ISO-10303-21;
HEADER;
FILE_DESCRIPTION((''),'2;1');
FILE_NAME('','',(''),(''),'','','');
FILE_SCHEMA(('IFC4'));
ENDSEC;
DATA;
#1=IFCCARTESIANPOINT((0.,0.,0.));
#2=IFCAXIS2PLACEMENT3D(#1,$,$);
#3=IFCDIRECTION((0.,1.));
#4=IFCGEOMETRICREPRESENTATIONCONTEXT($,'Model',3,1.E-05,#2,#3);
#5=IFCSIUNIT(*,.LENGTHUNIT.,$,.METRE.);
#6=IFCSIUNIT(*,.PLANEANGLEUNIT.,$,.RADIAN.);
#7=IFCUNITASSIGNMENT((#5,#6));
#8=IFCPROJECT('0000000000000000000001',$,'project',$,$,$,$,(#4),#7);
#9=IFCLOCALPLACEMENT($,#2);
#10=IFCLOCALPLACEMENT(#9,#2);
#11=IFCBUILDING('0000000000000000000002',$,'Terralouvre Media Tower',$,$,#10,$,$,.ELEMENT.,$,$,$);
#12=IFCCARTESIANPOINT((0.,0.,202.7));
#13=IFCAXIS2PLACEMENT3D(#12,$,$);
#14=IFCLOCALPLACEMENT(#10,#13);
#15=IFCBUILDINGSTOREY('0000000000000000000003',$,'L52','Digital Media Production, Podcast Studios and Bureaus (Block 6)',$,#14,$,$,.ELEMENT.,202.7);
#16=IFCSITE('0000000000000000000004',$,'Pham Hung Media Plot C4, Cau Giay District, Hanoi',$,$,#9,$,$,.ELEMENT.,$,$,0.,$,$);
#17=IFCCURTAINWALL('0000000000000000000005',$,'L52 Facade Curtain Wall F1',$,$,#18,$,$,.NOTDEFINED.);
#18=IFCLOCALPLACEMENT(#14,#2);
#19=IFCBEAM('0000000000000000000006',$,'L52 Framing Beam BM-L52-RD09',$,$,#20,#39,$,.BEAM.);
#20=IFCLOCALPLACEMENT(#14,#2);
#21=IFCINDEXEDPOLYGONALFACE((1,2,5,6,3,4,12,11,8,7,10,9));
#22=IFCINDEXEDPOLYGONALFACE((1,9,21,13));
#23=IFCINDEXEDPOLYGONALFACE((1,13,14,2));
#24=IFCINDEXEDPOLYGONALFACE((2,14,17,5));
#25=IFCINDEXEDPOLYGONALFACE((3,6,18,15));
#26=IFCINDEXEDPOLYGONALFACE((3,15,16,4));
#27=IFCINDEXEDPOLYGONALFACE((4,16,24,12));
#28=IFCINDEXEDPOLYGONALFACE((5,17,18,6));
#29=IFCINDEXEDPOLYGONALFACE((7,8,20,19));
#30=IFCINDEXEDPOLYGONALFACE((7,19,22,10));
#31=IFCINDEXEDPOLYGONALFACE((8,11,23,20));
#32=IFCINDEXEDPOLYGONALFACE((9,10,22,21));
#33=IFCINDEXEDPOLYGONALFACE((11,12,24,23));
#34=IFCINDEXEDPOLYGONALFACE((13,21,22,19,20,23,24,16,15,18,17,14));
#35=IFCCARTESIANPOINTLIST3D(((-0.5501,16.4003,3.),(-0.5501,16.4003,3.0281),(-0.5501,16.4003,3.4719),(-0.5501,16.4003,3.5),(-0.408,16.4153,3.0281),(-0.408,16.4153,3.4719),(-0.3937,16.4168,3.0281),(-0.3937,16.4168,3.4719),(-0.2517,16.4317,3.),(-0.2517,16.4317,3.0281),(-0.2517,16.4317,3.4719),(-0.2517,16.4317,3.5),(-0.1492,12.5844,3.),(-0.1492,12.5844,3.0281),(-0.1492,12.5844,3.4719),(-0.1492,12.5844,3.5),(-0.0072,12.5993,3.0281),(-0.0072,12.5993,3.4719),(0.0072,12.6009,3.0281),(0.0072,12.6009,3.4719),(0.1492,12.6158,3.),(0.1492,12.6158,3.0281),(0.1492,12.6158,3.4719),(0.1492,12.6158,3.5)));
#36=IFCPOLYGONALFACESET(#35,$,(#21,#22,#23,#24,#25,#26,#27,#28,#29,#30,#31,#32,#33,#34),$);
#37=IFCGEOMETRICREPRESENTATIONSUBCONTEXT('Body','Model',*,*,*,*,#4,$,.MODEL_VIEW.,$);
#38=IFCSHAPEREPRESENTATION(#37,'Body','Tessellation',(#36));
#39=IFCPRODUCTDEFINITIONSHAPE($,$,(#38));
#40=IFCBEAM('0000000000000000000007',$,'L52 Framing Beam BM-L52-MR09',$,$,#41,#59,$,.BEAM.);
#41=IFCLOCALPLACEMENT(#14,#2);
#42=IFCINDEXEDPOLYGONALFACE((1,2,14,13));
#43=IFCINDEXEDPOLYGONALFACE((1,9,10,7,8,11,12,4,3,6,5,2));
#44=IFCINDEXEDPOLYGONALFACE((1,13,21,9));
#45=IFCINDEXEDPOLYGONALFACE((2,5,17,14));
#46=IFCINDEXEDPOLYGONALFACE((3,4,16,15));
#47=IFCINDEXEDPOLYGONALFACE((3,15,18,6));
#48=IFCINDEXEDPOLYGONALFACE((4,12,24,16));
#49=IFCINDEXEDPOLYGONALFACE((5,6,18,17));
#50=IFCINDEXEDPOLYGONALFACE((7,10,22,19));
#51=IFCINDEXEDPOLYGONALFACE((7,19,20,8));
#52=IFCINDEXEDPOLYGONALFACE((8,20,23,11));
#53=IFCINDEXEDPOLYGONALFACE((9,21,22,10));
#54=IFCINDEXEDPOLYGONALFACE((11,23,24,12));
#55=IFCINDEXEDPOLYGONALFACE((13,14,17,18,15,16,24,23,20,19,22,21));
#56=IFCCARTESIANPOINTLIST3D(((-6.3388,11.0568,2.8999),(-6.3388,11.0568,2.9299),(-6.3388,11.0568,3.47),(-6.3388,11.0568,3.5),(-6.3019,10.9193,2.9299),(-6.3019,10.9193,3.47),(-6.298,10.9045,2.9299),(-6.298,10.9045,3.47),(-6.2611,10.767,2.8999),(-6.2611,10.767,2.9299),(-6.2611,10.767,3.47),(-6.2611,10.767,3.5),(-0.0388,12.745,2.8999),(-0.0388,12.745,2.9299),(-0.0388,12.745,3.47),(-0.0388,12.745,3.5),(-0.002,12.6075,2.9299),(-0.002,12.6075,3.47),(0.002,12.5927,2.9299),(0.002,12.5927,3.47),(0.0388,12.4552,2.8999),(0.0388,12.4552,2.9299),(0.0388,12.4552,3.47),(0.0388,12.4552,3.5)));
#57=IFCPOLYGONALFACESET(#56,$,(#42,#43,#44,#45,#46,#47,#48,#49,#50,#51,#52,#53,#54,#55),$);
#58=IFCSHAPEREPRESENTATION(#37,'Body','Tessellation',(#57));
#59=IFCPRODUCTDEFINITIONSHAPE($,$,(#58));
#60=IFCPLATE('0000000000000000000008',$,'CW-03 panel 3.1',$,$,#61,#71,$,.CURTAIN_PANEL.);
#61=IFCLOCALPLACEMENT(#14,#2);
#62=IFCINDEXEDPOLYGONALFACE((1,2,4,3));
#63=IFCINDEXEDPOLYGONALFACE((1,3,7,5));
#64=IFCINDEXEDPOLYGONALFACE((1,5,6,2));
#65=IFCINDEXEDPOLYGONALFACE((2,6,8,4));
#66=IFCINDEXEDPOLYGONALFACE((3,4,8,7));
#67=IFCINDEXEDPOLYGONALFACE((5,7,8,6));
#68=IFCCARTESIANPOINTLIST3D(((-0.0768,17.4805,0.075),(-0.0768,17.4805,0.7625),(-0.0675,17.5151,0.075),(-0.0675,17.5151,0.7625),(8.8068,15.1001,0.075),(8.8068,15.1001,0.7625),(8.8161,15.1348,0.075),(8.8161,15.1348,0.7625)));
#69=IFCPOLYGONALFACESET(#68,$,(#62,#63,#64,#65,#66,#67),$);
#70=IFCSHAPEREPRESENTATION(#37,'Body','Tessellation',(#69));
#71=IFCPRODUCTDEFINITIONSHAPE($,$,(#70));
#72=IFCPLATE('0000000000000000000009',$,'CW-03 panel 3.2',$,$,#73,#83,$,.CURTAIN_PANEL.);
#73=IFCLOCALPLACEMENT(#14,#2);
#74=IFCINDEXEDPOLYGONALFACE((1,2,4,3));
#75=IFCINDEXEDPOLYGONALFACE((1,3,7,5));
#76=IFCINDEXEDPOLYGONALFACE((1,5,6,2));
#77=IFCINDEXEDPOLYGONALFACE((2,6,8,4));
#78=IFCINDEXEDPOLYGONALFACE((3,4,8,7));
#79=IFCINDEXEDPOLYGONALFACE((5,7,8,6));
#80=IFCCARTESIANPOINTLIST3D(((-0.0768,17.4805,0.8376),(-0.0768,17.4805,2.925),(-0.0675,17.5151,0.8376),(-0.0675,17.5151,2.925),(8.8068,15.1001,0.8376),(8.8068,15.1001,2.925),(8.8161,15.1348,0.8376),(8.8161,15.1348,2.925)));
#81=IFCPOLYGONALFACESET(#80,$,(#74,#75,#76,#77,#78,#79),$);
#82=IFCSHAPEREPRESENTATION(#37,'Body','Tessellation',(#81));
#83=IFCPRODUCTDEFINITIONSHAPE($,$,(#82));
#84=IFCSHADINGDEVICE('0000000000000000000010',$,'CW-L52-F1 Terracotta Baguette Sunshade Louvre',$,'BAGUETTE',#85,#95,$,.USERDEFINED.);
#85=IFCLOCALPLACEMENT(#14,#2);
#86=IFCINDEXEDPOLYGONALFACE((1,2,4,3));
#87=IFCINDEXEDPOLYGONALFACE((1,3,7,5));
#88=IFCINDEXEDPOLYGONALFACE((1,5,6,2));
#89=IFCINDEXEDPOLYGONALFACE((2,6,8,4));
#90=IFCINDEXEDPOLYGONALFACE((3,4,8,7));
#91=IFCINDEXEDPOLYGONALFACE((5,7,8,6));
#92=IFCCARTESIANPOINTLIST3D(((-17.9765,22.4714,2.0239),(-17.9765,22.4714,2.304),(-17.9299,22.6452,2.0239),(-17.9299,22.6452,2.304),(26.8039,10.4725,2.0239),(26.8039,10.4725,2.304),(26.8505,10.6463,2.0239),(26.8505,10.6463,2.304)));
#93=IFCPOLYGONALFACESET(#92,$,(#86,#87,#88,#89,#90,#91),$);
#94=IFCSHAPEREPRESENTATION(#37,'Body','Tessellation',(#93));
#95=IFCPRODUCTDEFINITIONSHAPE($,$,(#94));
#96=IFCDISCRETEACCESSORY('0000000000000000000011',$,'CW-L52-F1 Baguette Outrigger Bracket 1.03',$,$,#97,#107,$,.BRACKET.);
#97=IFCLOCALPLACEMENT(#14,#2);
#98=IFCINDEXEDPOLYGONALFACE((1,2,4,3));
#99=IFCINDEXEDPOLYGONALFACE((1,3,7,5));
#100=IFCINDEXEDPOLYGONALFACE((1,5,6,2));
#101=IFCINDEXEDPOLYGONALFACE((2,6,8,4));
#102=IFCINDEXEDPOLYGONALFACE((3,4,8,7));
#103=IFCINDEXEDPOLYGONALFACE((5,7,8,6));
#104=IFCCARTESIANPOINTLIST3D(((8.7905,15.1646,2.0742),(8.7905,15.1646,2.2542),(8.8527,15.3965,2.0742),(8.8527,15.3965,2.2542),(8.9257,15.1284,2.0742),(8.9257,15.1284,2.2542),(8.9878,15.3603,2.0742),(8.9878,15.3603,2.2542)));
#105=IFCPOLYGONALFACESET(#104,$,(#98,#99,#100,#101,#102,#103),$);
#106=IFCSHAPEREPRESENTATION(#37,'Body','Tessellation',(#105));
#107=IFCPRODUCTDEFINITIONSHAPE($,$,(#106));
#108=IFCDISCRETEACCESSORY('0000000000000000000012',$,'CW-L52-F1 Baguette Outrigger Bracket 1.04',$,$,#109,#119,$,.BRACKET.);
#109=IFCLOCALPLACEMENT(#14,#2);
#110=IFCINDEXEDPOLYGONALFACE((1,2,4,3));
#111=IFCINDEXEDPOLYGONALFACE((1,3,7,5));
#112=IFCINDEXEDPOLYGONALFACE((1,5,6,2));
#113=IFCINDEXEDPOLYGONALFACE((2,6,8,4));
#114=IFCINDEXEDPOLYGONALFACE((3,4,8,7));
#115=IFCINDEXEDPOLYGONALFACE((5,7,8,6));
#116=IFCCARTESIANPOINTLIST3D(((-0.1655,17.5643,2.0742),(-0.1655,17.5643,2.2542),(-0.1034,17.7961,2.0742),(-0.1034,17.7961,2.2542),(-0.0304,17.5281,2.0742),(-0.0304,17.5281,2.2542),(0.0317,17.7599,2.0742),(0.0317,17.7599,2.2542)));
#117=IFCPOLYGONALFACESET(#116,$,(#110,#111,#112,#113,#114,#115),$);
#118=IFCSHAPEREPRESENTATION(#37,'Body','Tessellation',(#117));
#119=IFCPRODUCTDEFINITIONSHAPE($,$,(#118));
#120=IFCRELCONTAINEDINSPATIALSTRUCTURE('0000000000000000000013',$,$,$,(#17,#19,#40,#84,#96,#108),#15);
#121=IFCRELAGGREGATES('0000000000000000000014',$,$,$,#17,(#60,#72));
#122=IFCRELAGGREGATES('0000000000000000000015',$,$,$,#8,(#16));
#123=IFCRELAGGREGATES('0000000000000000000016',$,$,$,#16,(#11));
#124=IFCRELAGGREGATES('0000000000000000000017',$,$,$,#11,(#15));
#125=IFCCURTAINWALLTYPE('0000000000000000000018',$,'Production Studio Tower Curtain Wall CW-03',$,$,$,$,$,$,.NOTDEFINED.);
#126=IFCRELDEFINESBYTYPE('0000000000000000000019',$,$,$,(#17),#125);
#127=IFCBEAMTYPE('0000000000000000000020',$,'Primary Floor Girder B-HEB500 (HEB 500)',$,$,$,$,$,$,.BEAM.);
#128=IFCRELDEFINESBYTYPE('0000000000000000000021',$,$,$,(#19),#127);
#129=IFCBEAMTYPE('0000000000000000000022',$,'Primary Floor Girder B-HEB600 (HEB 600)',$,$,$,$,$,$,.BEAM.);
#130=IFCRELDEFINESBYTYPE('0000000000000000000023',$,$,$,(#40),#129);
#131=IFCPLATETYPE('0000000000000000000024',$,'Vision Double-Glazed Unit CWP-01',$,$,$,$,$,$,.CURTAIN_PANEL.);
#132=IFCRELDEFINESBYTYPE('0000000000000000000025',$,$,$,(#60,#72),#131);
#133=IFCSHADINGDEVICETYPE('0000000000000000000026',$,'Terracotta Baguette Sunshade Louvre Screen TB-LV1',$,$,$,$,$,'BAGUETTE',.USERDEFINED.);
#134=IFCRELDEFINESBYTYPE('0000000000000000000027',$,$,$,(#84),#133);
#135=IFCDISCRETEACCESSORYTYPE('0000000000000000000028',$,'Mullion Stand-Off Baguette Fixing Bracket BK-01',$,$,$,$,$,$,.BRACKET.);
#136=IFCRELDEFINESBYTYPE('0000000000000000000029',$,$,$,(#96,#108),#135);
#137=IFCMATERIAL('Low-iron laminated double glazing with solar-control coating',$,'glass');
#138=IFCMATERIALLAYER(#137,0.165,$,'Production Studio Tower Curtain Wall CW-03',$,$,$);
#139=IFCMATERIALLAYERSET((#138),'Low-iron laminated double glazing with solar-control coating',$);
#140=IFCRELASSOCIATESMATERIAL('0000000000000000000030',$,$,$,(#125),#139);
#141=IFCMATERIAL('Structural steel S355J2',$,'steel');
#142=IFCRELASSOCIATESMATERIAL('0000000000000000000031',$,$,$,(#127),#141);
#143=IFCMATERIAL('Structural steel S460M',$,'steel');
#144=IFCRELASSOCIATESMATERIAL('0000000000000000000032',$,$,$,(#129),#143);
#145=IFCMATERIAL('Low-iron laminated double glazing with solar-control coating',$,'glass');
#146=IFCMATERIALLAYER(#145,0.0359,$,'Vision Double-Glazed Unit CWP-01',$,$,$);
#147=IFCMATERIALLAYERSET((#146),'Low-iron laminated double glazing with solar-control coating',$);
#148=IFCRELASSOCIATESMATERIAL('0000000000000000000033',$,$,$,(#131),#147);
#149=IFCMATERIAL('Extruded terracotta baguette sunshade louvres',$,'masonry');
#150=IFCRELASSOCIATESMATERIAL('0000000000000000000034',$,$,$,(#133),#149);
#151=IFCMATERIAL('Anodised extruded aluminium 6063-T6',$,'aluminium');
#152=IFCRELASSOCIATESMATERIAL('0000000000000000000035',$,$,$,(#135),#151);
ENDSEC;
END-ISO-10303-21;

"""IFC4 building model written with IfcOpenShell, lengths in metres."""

from ifc_helpers import new_model, si_unit, direction, frame, origin, origin_2d, place, context, subcontext, project, spatial, rectangle, i_section, extrude, material, layer, layer_set, material_profile, profile_set, type_object, element, aggregate, save


model = new_model("IFC4")

# Units and contexts
model_context = context("Model", 3, precision=1e-05, world=origin(), true_north=direction((0.0, 1.0)))
body_context = subcontext(model_context, "Body", "Model", "MODEL_VIEW")
ifc_project = project(units=[si_unit("LENGTHUNIT", "METRE"), si_unit("PLANEANGLEUNIT", "RADIAN")], contexts=[model_context])

# Site, building, storey
site_placement = place(None, origin())
site = spatial("IfcSite", under=ifc_project, at=site_placement, Name="Pham Hung Media Plot C4, Cau Giay District, Hanoi", CompositionType="ELEMENT", RefElevation=0.0)
building_placement = place(site_placement, origin())
building = spatial("IfcBuilding", under=site, at=building_placement, Name="Terralouvre Media Tower", CompositionType="ELEMENT")
storey_placement = place(building_placement, frame((0.0, 0.0, 202.7)))
storey = spatial("IfcBuildingStorey", under=building, at=storey_placement, Name="L52", Description="Digital Media Production, Podcast Studios and Bureaus (Block 6)", CompositionType="ELEMENT", Elevation=202.7)

# Curtain wall
ifc_material_1 = material(Name="Low-iron laminated double glazing with solar-control coating", Category="glass")
ifc_layer_1 = layer(ifc_material_1, 0.165, Name="Production Studio Tower Curtain Wall CW-03")
ifc_layer_set_1 = layer_set([ifc_layer_1], Name="Low-iron laminated double glazing with solar-control coating")
curtain_wall_type = type_object("IfcCurtainWallType", Name="Production Studio Tower Curtain Wall CW-03", PredefinedType="NOTDEFINED", material=ifc_layer_set_1)
curtain_wall_placement = place(storey_placement, origin())
curtain_wall = element("IfcCurtainWall", 1, at=curtain_wall_placement, inside=storey, type_object=curtain_wall_type, Name="L52 Facade Curtain Wall F1", PredefinedType="NOTDEFINED")

# Beams
ifc_material_2 = material(Name="Structural steel S355J2", Category="steel")
ifc_material_profile_1 = material_profile(ifc_material_2, i_section(OverallWidth=0.3, OverallDepth=0.5, WebThickness=0.0144, FlangeThickness=0.0281, at=origin_2d()), Name="HEB 500")
ifc_profile_set_1 = profile_set([ifc_material_profile_1], Name="Structural steel S355J2")
beam_type_1 = type_object("IfcBeamType", Name="Primary Floor Girder B-HEB500 (HEB 500)", PredefinedType="BEAM", material=ifc_profile_set_1)
beam_1_placement = place(storey_placement, frame((0.0, 12.6001, 3.25), z_axis=(-0.104479, 0.994527, 0.0), x_axis=(-0.994527, -0.104479, 0.0)))
element("IfcBeam", 2, at=beam_1_placement, inside=storey, type_object=beam_type_1, Name="L52 Framing Beam BM-L52-RD09", PredefinedType="BEAM", context=body_context, shape_type="SweptSolid", body=[
    extrude(i_section(OverallWidth=0.3, OverallDepth=0.5, WebThickness=0.0144, FlangeThickness=0.0281, at=origin_2d()), origin(), (0.0, 0.0, 1.0), 3.8369),
])
ifc_material_3 = material(Name="Structural steel S460M", Category="steel")
ifc_material_profile_2 = material_profile(ifc_material_3, i_section(OverallWidth=0.3, OverallDepth=0.6001, WebThickness=0.0154, FlangeThickness=0.03, at=origin_2d()), Name="HEB 600")
ifc_profile_set_2 = profile_set([ifc_material_profile_2], Name="Structural steel S460M")
beam_type_2 = type_object("IfcBeamType", Name="Primary Floor Girder B-HEB600 (HEB 600)", PredefinedType="BEAM", material=ifc_profile_set_2)
beam_2_placement = place(storey_placement, frame((0.0, 12.6001, 3.2), z_axis=(-0.96592, -0.258839, 0.0), x_axis=(0.258839, -0.96592, 0.0)))
element("IfcBeam", 3, at=beam_2_placement, inside=storey, type_object=beam_type_2, Name="L52 Framing Beam BM-L52-MR09", PredefinedType="BEAM", context=body_context, shape_type="SweptSolid", body=[
    extrude(i_section(OverallWidth=0.3, OverallDepth=0.6001, WebThickness=0.0154, FlangeThickness=0.03, at=origin_2d()), origin(), (0.0, 0.0, 1.0), 6.5222),
])

# Plates
ifc_material_4 = material(Name="Low-iron laminated double glazing with solar-control coating", Category="glass")
ifc_layer_2 = layer(ifc_material_4, 0.0359, Name="Vision Double-Glazed Unit CWP-01")
ifc_layer_set_2 = layer_set([ifc_layer_2], Name="Low-iron laminated double glazing with solar-control coating")
plate_type = type_object("IfcPlateType", Name="Vision Double-Glazed Unit CWP-01", PredefinedType="CURTAIN_PANEL", material=ifc_layer_set_2)
plate_1_placement = place(storey_placement, frame((4.3696, 16.3076, 0.075), z_axis=(0.0, 0.0, 1.0), x_axis=(-0.965926, 0.258819, 0.0)))
plate_1 = element("IfcPlate", 4, at=plate_1_placement, type_object=plate_type, Name="CW-03 panel 3.1", PredefinedType="CURTAIN_PANEL", context=body_context, shape_type="SweptSolid", body=[
    extrude(rectangle(XDim=9.197, YDim=0.0359, at=origin_2d()), origin(), (0.0, 0.0, 1.0), 0.6875),
])
plate_2_placement = place(storey_placement, frame((4.3696, 16.3076, 0.8376), z_axis=(0.0, 0.0, 1.0), x_axis=(-0.965926, 0.258819, 0.0)))
plate_2 = element("IfcPlate", 5, at=plate_2_placement, type_object=plate_type, Name="CW-03 panel 3.2", PredefinedType="CURTAIN_PANEL", context=body_context, shape_type="SweptSolid", body=[
    extrude(rectangle(XDim=9.197, YDim=0.0359, at=origin_2d()), origin(), (0.0, 0.0, 1.0), 2.0874),
])
aggregate(curtain_wall, [plate_1, plate_2])

# Shading device
ifc_material_5 = material(Name="Extruded terracotta baguette sunshade louvres", Category="masonry")
shading_device_type = type_object("IfcShadingDeviceType", Name="Terracotta Baguette Sunshade Louvre Screen TB-LV1", ElementType="BAGUETTE", PredefinedType="USERDEFINED", material=ifc_material_5)
shading_device_placement = place(storey_placement, frame((4.437, 16.5588, 2.0239), z_axis=(0.0, 0.0, 1.0), x_axis=(-0.965926, 0.258819, 0.0)))
element("IfcShadingDevice", 6, at=shading_device_placement, inside=storey, type_object=shading_device_type, Name="CW-L52-F1 Terracotta Baguette Sunshade Louvre", ObjectType="BAGUETTE", PredefinedType="USERDEFINED", context=body_context, shape_type="SweptSolid", body=[
    extrude(rectangle(XDim=46.3601, YDim=0.1799, at=origin_2d()), origin(), (0.0, 0.0, 1.0), 0.28),
])

# Discrete accessories
ifc_material_6 = material(Name="Anodised extruded aluminium 6063-T6", Category="aluminium")
discrete_accessory_type = type_object("IfcDiscreteAccessoryType", Name="Mullion Stand-Off Baguette Fixing Bracket BK-01", PredefinedType="BRACKET", material=ifc_material_6)
for number, where, z_axis, x_axis, name in (
    (7, (8.8892, 15.2625, 2.0742), (0.0, 0.0, 1.0), (-0.965926, 0.258819, 0.0), "CW-L52-F1 Baguette Outrigger Bracket 1.03"),
    (8, (-0.0669, 17.6621, 2.0742), (0.0, 0.0, 1.0), (-0.965926, 0.258819, 0.0), "CW-L52-F1 Baguette Outrigger Bracket 1.04"),
):
    element("IfcDiscreteAccessory", number, at=place(storey_placement, frame(where, z_axis=z_axis, x_axis=x_axis)), inside=storey, type_object=discrete_accessory_type, Name=name, PredefinedType="BRACKET", context=body_context, shape_type="SweptSolid", body=[
        extrude(rectangle(XDim=0.1399, YDim=0.24, at=origin_2d()), origin(), (0.0, 0.0, 1.0), 0.1799),
    ])

save(model, "model.ifc")
